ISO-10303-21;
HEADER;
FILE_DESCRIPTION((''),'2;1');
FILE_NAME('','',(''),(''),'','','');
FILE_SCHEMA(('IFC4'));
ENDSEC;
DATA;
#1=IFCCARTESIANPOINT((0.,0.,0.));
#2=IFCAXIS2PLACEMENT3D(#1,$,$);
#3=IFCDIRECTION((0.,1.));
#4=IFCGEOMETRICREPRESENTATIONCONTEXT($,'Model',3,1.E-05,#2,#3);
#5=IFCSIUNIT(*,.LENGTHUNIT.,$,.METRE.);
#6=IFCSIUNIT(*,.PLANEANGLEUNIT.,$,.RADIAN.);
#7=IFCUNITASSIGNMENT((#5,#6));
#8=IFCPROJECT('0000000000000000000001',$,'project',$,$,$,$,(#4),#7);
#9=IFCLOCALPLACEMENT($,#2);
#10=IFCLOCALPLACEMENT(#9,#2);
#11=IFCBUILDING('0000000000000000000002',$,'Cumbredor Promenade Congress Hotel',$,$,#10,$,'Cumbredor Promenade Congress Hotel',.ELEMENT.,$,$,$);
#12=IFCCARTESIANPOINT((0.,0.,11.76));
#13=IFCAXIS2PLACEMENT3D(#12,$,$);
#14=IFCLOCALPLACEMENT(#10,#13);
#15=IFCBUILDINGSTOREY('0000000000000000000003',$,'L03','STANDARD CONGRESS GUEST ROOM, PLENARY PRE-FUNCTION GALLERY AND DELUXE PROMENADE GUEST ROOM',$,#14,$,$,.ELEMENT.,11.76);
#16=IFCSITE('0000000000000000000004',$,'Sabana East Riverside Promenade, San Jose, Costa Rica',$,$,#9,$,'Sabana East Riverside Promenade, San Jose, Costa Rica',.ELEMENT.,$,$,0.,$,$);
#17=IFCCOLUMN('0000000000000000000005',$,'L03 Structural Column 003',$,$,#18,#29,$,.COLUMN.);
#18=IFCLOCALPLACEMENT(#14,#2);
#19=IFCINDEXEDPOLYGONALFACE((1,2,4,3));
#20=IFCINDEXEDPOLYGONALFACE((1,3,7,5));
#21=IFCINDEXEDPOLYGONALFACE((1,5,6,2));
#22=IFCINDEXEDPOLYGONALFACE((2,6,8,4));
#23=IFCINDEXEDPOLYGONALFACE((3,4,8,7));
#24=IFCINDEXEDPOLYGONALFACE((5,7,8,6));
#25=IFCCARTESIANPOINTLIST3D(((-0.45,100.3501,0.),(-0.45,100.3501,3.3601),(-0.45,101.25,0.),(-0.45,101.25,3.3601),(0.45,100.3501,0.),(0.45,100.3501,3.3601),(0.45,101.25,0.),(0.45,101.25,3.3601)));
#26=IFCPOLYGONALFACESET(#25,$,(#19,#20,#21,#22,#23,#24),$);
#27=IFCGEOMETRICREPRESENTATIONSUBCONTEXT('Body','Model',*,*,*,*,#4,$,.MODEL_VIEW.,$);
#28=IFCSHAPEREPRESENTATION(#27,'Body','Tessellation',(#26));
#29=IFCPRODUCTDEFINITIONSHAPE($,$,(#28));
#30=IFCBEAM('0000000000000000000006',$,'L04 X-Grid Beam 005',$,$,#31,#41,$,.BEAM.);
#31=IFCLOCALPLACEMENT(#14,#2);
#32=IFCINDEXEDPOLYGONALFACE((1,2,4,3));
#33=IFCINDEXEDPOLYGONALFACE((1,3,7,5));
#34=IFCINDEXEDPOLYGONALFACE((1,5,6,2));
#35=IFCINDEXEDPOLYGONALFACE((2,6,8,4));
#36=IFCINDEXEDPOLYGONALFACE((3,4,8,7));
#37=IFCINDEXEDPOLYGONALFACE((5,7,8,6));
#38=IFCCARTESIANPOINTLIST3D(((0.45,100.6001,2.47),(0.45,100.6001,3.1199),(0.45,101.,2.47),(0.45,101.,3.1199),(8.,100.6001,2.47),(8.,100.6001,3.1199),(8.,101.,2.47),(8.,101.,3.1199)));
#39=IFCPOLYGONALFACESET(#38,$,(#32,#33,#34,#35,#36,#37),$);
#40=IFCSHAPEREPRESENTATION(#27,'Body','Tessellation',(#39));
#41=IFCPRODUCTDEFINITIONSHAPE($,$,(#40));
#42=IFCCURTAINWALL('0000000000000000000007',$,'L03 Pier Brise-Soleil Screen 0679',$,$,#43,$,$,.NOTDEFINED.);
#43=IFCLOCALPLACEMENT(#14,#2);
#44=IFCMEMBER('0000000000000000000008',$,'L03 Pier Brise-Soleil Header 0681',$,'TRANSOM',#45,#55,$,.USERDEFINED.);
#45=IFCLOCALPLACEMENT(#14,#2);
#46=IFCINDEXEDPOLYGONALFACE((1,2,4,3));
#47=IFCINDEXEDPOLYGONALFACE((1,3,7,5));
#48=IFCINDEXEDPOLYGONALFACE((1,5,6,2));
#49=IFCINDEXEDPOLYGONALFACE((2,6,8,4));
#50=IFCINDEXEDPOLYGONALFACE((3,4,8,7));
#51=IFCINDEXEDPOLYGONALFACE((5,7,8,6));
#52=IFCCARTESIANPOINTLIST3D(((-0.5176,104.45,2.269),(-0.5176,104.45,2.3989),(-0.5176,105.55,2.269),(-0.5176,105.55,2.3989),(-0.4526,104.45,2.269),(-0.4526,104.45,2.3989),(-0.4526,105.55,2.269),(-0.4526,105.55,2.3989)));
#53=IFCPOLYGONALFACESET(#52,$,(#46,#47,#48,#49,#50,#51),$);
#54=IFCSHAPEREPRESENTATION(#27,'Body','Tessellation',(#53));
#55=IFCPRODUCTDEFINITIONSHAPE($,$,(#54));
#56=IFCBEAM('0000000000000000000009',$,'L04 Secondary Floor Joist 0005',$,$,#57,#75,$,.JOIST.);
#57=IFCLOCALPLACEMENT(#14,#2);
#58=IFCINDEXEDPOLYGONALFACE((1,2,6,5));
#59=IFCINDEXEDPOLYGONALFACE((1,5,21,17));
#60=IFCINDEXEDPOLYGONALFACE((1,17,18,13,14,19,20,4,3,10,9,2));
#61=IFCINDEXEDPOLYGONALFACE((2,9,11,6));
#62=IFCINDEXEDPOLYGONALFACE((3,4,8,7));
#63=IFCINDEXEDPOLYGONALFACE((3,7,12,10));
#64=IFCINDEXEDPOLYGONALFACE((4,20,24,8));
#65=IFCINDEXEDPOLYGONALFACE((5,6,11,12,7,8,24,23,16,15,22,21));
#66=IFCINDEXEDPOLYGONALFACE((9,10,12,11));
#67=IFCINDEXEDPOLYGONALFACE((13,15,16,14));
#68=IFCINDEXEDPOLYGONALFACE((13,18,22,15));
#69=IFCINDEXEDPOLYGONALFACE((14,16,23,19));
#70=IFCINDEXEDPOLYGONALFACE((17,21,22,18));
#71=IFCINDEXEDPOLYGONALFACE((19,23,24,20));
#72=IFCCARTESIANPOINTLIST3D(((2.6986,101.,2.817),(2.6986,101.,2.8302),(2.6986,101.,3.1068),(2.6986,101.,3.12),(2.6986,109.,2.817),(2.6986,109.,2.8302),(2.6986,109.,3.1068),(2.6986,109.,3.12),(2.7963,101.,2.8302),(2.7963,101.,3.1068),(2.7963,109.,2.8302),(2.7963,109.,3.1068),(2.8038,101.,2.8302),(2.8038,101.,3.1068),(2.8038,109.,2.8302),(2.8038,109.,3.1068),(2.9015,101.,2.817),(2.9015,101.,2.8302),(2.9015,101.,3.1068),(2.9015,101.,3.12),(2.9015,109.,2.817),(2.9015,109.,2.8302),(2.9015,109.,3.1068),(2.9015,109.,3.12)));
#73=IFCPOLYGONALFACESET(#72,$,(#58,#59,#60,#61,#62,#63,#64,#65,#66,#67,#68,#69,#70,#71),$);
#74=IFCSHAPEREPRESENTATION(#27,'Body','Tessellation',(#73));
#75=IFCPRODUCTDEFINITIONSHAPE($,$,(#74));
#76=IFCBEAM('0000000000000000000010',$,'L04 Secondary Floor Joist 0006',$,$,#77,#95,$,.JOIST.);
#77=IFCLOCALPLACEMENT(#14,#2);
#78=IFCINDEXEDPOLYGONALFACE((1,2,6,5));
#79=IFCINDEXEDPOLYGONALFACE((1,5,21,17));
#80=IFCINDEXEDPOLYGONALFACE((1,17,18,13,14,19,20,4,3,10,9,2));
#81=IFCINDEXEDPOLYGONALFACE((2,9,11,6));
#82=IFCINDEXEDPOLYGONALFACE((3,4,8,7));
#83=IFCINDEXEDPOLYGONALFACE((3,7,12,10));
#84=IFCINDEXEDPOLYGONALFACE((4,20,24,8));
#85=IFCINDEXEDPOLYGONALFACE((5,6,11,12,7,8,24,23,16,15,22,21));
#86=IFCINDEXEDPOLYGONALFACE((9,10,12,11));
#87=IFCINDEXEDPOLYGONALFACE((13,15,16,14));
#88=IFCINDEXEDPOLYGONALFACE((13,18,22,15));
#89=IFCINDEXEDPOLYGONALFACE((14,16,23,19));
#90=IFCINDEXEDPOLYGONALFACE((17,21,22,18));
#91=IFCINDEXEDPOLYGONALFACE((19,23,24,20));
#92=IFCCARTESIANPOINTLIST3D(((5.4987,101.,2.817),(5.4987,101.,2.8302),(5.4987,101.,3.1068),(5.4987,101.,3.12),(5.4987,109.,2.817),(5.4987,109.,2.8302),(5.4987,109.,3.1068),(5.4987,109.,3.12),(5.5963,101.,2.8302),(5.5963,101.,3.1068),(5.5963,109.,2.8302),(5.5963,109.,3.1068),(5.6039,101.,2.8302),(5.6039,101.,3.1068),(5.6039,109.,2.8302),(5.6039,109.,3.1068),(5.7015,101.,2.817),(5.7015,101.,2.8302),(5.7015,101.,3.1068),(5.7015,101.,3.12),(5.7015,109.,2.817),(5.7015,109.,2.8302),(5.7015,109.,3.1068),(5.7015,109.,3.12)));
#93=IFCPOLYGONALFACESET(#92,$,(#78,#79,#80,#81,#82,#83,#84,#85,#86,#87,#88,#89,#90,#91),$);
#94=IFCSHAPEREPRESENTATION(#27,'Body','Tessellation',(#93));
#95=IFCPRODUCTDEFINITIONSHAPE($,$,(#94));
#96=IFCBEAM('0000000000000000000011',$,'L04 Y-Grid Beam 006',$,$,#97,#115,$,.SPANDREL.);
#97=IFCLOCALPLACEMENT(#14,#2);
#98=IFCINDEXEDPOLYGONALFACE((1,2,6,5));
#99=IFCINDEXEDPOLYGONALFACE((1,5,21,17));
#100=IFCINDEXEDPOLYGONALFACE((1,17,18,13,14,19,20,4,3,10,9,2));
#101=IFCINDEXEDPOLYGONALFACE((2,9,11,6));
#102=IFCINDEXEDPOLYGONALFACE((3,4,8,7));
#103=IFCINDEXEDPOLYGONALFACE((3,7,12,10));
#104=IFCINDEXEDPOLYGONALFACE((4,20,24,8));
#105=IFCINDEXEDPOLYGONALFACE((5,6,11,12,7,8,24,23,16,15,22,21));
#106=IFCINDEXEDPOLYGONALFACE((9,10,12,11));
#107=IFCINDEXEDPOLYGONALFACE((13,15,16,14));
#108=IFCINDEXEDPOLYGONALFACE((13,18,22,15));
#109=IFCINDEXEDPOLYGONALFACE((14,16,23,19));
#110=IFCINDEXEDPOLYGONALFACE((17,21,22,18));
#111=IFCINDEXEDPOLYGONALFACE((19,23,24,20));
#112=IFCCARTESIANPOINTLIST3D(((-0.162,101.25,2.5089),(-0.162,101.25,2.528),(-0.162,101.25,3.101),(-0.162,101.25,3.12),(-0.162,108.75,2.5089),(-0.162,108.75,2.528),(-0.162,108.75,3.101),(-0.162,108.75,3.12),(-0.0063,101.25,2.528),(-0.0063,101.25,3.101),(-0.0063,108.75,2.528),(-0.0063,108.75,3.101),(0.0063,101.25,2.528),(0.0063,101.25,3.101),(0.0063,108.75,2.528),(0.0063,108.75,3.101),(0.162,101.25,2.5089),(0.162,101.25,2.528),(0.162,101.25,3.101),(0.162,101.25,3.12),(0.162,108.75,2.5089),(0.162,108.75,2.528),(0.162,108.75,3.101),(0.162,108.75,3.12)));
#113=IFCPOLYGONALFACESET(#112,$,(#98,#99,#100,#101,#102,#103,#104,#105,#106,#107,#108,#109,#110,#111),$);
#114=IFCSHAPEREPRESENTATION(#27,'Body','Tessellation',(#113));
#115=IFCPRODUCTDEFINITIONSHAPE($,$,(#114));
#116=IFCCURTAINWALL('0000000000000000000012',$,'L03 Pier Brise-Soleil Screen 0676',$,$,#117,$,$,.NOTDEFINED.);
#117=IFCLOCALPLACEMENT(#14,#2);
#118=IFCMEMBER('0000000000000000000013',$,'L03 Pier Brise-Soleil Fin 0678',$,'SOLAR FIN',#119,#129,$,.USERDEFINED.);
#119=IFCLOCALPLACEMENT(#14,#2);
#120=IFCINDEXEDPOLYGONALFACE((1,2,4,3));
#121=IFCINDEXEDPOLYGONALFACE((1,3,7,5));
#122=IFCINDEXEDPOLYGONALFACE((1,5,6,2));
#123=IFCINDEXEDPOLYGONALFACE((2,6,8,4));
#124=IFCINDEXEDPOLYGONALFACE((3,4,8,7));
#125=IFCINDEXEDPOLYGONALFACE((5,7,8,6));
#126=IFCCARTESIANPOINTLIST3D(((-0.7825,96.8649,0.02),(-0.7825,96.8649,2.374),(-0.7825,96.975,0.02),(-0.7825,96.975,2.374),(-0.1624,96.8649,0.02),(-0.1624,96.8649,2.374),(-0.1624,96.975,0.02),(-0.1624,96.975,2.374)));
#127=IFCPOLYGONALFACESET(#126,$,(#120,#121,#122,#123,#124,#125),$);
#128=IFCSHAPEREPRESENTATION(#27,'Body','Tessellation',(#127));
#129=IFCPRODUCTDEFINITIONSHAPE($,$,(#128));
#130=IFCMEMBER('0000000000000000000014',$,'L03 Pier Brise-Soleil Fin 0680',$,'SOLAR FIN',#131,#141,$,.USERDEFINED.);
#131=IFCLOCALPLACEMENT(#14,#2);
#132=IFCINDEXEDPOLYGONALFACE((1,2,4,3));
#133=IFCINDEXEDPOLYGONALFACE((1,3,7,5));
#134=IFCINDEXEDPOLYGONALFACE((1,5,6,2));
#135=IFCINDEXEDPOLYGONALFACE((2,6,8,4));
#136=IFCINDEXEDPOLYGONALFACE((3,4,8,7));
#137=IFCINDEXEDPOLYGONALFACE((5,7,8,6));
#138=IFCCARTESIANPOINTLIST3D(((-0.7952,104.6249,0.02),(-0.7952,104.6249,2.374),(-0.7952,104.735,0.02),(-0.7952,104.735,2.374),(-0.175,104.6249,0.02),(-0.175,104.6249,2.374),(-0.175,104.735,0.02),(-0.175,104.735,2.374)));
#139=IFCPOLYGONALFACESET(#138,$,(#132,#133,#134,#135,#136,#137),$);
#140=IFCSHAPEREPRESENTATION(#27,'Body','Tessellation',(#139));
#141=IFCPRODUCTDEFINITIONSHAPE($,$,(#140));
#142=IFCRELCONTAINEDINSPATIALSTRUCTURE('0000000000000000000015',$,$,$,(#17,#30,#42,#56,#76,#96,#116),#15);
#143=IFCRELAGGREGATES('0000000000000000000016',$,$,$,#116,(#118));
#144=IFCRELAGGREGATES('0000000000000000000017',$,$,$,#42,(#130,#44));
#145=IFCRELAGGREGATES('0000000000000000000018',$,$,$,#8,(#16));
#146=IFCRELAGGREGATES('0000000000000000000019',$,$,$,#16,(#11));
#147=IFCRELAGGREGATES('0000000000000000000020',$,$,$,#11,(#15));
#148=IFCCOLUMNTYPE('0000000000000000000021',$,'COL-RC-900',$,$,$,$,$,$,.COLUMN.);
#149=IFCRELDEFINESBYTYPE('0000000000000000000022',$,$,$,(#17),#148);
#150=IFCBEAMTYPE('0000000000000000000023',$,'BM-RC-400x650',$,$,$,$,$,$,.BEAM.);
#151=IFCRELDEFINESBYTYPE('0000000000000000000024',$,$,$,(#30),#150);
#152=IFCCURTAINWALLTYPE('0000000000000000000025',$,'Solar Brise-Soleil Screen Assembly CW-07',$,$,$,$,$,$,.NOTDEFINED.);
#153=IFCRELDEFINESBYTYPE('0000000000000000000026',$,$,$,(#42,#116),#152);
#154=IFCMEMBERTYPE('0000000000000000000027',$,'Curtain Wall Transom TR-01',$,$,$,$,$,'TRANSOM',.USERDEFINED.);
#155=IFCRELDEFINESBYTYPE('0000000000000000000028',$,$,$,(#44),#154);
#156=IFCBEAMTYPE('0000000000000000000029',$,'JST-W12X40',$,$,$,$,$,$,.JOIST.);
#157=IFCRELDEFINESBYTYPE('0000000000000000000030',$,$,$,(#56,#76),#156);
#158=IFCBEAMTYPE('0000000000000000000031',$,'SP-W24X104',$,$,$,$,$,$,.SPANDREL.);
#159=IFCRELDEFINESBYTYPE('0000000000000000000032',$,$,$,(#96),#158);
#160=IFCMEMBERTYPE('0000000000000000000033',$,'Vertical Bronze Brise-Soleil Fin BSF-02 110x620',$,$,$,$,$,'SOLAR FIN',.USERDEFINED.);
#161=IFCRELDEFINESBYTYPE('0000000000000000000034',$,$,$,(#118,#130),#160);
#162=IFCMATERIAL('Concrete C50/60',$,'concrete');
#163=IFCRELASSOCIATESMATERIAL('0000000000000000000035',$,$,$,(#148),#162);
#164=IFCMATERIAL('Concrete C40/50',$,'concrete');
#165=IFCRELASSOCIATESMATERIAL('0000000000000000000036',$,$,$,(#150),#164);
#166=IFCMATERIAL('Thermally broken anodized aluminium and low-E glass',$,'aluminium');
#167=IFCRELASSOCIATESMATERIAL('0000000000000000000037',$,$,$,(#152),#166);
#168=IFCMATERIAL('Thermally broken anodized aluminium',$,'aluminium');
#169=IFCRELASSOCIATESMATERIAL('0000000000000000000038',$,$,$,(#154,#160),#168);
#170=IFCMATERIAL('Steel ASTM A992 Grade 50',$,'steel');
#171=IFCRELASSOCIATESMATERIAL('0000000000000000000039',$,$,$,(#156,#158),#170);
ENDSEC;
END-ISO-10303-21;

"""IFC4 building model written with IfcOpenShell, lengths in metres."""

from ifc_helpers import new_model, si_unit, direction, frame, origin, origin_2d, place, context, subcontext, project, spatial, rectangle, i_section, extrude, material, material_profile, profile_set, type_object, element, aggregate, save


model = new_model("IFC4")

# Units and contexts
model_context = context("Model", 3, precision=1e-05, world=origin(), true_north=direction((0.0, 1.0)))
body_context = subcontext(model_context, "Body", "Model", "MODEL_VIEW")
ifc_project = project(units=[si_unit("LENGTHUNIT", "METRE"), si_unit("PLANEANGLEUNIT", "RADIAN")], contexts=[model_context])

# Site, building, storey
site_placement = place(None, origin())
site = spatial("IfcSite", under=ifc_project, at=site_placement, Name="Sabana East Riverside Promenade, San Jose, Costa Rica", LongName="Sabana East Riverside Promenade, San Jose, Costa Rica", CompositionType="ELEMENT", RefElevation=0.0)
building_placement = place(site_placement, origin())
building = spatial("IfcBuilding", under=site, at=building_placement, Name="Cumbredor Promenade Congress Hotel", LongName="Cumbredor Promenade Congress Hotel", CompositionType="ELEMENT")
storey_placement = place(building_placement, frame((0.0, 0.0, 11.76)))
storey = spatial("IfcBuildingStorey", under=building, at=storey_placement, Name="L03", Description="STANDARD CONGRESS GUEST ROOM, PLENARY PRE-FUNCTION GALLERY AND DELUXE PROMENADE GUEST ROOM", CompositionType="ELEMENT", Elevation=11.76)

# Column
ifc_material_1 = material(Name="Concrete C50/60", Category="concrete")
ifc_material_profile_1 = material_profile(ifc_material_1, rectangle(XDim=0.8999, YDim=0.8999, at=origin_2d()), Name="RC 900x900")
ifc_profile_set_1 = profile_set([ifc_material_profile_1], Name="Concrete C50/60")
column_type = type_object("IfcColumnType", Name="COL-RC-900", PredefinedType="COLUMN", material=ifc_profile_set_1)
column_placement = place(storey_placement, frame((0.0, 100.8, 0.0), z_axis=(0.0, 0.0, 1.0), x_axis=(1.0, 0.0, 0.0)))
element("IfcColumn", 1, at=column_placement, inside=storey, type_object=column_type, Name="L03 Structural Column 003", PredefinedType="COLUMN", context=body_context, shape_type="SweptSolid", body=[
    extrude(rectangle(XDim=0.8999, YDim=0.8999, at=origin_2d()), origin(), (0.0, 0.0, 1.0), 3.3601),
])

# Beam
ifc_material_2 = material(Name="Concrete C40/50", Category="concrete")
ifc_material_profile_2 = material_profile(ifc_material_2, rectangle(XDim=0.3999, YDim=0.6499, at=origin_2d()), Name="RC BEAM 400x650")
ifc_profile_set_2 = profile_set([ifc_material_profile_2], Name="Concrete C40/50")
beam_type_1 = type_object("IfcBeamType", Name="BM-RC-400x650", PredefinedType="BEAM", material=ifc_profile_set_2)
beam_1_placement = place(storey_placement, frame((0.45, 100.8, 2.7949), z_axis=(1.0, 0.0, 0.0), x_axis=(0.0, 1.0, 0.0)))
element("IfcBeam", 2, at=beam_1_placement, inside=storey, type_object=beam_type_1, Name="L04 X-Grid Beam 005", PredefinedType="BEAM", context=body_context, shape_type="SweptSolid", body=[
    extrude(rectangle(XDim=0.3999, YDim=0.6499, at=origin_2d()), origin(), (0.0, 0.0, 1.0), 7.55),
])

# Curtain wall, member
ifc_material_3 = material(Name="Thermally broken anodized aluminium and low-E glass", Category="aluminium")
curtain_wall_type = type_object("IfcCurtainWallType", Name="Solar Brise-Soleil Screen Assembly CW-07", PredefinedType="NOTDEFINED", material=ifc_material_3)
curtain_wall_1_placement = place(storey_placement, origin())
curtain_wall_1 = element("IfcCurtainWall", 3, at=curtain_wall_1_placement, inside=storey, type_object=curtain_wall_type, Name="L03 Pier Brise-Soleil Screen 0679", PredefinedType="NOTDEFINED")
ifc_material_4 = material(Name="Thermally broken anodized aluminium", Category="aluminium")
ifc_material_profile_3 = material_profile(ifc_material_4, rectangle(XDim=0.0649, YDim=0.1299, at=origin_2d()), Name="ALU TRANSOM 65x130")
ifc_profile_set_3 = profile_set([ifc_material_profile_3], Name="Thermally broken anodized aluminium")
member_type_1 = type_object("IfcMemberType", Name="Curtain Wall Transom TR-01", ElementType="TRANSOM", PredefinedType="USERDEFINED", material=ifc_profile_set_3)
member_1_placement = place(storey_placement, frame((-0.4851, 104.45, 2.334), z_axis=(0.0, 1.0, 0.0), x_axis=(-1.0, 0.0, 0.0)))
member_1 = element("IfcMember", 4, at=member_1_placement, type_object=member_type_1, Name="L03 Pier Brise-Soleil Header 0681", ObjectType="TRANSOM", PredefinedType="USERDEFINED", context=body_context, shape_type="SweptSolid", body=[
    extrude(rectangle(XDim=0.0649, YDim=0.1299, at=origin_2d()), origin(), (0.0, 0.0, 1.0), 1.1001),
])

# Beams
ifc_material_5 = material(Name="Steel ASTM A992 Grade 50", Category="steel")
ifc_material_profile_4 = material_profile(ifc_material_5, i_section(OverallWidth=0.2029, OverallDepth=0.303, WebThickness=0.0076, FlangeThickness=0.0132, at=origin_2d()), Name="W12X40")
ifc_profile_set_4 = profile_set([ifc_material_profile_4], Name="Steel ASTM A992 Grade 50")
beam_type_2 = type_object("IfcBeamType", Name="JST-W12X40", PredefinedType="JOIST", material=ifc_profile_set_4)
for number, where, z_axis, x_axis, name in (
    (5, (2.8, 101.0, 2.9685), (0.0, 1.0, 0.0), (-1.0, 0.0, 0.0), "L04 Secondary Floor Joist 0005"),
    (6, (5.6001, 101.0, 2.9685), (0.0, 1.0, 0.0), (-1.0, 0.0, 0.0), "L04 Secondary Floor Joist 0006"),
):
    element("IfcBeam", number, at=place(storey_placement, frame(where, z_axis=z_axis, x_axis=x_axis)), inside=storey, type_object=beam_type_2, Name=name, PredefinedType="JOIST", context=body_context, shape_type="SweptSolid", body=[
        extrude(i_section(OverallWidth=0.2029, OverallDepth=0.303, WebThickness=0.0076, FlangeThickness=0.0132, at=origin_2d()), origin(), (0.0, 0.0, 1.0), 8.0),
    ])
ifc_material_profile_5 = material_profile(ifc_material_5, i_section(OverallWidth=0.324, OverallDepth=0.6111, WebThickness=0.0127, FlangeThickness=0.019, at=origin_2d()), Name="W24X104")
ifc_profile_set_5 = profile_set([ifc_material_profile_5], Name="Steel ASTM A992 Grade 50")
beam_type_3 = type_object("IfcBeamType", Name="SP-W24X104", PredefinedType="SPANDREL", material=ifc_profile_set_5)
beam_2_placement = place(storey_placement, frame((0.0, 101.25, 2.8145), z_axis=(0.0, 1.0, 0.0), x_axis=(-1.0, 0.0, 0.0)))
element("IfcBeam", 7, at=beam_2_placement, inside=storey, type_object=beam_type_3, Name="L04 Y-Grid Beam 006", PredefinedType="SPANDREL", context=body_context, shape_type="SweptSolid", body=[
    extrude(i_section(OverallWidth=0.324, OverallDepth=0.6111, WebThickness=0.0127, FlangeThickness=0.019, at=origin_2d()), origin(), (0.0, 0.0, 1.0), 7.5),
])

# Curtain wall, member
curtain_wall_2_placement = place(storey_placement, origin())
curtain_wall_2 = element("IfcCurtainWall", 8, at=curtain_wall_2_placement, inside=storey, type_object=curtain_wall_type, Name="L03 Pier Brise-Soleil Screen 0676", PredefinedType="NOTDEFINED")
ifc_material_profile_6 = material_profile(ifc_material_4, rectangle(XDim=0.1101, YDim=0.6201, at=origin_2d()), Name="ARCH FIN 110x620")
ifc_profile_set_6 = profile_set([ifc_material_profile_6], Name="Thermally broken anodized aluminium")
member_type_2 = type_object("IfcMemberType", Name="Vertical Bronze Brise-Soleil Fin BSF-02 110x620", ElementType="SOLAR FIN", PredefinedType="USERDEFINED", material=ifc_profile_set_6)
member_2_placement = place(storey_placement, frame((-0.4724, 96.9199, 0.02), z_axis=(0.0, 0.0, 1.0), x_axis=(0.0, 1.0, 0.0)))
member_2 = element("IfcMember", 9, at=member_2_placement, type_object=member_type_2, Name="L03 Pier Brise-Soleil Fin 0678", ObjectType="SOLAR FIN", PredefinedType="USERDEFINED", context=body_context, shape_type="SweptSolid", body=[
    extrude(rectangle(XDim=0.1101, YDim=0.6201, at=origin_2d()), origin(), (0.0, 0.0, 1.0), 2.354),
])
aggregate(curtain_wall_2, [member_2])

# Member
member_3_placement = place(storey_placement, frame((-0.4851, 104.6799, 0.02), z_axis=(0.0, 0.0, 1.0), x_axis=(0.0, 1.0, 0.0)))
member_3 = element("IfcMember", 10, at=member_3_placement, type_object=member_type_2, Name="L03 Pier Brise-Soleil Fin 0680", ObjectType="SOLAR FIN", PredefinedType="USERDEFINED", context=body_context, shape_type="SweptSolid", body=[
    extrude(rectangle(XDim=0.1101, YDim=0.6201, at=origin_2d()), origin(), (0.0, 0.0, 1.0), 2.354),
])
aggregate(curtain_wall_1, [member_3, member_1])

save(model, "model.ifc")
